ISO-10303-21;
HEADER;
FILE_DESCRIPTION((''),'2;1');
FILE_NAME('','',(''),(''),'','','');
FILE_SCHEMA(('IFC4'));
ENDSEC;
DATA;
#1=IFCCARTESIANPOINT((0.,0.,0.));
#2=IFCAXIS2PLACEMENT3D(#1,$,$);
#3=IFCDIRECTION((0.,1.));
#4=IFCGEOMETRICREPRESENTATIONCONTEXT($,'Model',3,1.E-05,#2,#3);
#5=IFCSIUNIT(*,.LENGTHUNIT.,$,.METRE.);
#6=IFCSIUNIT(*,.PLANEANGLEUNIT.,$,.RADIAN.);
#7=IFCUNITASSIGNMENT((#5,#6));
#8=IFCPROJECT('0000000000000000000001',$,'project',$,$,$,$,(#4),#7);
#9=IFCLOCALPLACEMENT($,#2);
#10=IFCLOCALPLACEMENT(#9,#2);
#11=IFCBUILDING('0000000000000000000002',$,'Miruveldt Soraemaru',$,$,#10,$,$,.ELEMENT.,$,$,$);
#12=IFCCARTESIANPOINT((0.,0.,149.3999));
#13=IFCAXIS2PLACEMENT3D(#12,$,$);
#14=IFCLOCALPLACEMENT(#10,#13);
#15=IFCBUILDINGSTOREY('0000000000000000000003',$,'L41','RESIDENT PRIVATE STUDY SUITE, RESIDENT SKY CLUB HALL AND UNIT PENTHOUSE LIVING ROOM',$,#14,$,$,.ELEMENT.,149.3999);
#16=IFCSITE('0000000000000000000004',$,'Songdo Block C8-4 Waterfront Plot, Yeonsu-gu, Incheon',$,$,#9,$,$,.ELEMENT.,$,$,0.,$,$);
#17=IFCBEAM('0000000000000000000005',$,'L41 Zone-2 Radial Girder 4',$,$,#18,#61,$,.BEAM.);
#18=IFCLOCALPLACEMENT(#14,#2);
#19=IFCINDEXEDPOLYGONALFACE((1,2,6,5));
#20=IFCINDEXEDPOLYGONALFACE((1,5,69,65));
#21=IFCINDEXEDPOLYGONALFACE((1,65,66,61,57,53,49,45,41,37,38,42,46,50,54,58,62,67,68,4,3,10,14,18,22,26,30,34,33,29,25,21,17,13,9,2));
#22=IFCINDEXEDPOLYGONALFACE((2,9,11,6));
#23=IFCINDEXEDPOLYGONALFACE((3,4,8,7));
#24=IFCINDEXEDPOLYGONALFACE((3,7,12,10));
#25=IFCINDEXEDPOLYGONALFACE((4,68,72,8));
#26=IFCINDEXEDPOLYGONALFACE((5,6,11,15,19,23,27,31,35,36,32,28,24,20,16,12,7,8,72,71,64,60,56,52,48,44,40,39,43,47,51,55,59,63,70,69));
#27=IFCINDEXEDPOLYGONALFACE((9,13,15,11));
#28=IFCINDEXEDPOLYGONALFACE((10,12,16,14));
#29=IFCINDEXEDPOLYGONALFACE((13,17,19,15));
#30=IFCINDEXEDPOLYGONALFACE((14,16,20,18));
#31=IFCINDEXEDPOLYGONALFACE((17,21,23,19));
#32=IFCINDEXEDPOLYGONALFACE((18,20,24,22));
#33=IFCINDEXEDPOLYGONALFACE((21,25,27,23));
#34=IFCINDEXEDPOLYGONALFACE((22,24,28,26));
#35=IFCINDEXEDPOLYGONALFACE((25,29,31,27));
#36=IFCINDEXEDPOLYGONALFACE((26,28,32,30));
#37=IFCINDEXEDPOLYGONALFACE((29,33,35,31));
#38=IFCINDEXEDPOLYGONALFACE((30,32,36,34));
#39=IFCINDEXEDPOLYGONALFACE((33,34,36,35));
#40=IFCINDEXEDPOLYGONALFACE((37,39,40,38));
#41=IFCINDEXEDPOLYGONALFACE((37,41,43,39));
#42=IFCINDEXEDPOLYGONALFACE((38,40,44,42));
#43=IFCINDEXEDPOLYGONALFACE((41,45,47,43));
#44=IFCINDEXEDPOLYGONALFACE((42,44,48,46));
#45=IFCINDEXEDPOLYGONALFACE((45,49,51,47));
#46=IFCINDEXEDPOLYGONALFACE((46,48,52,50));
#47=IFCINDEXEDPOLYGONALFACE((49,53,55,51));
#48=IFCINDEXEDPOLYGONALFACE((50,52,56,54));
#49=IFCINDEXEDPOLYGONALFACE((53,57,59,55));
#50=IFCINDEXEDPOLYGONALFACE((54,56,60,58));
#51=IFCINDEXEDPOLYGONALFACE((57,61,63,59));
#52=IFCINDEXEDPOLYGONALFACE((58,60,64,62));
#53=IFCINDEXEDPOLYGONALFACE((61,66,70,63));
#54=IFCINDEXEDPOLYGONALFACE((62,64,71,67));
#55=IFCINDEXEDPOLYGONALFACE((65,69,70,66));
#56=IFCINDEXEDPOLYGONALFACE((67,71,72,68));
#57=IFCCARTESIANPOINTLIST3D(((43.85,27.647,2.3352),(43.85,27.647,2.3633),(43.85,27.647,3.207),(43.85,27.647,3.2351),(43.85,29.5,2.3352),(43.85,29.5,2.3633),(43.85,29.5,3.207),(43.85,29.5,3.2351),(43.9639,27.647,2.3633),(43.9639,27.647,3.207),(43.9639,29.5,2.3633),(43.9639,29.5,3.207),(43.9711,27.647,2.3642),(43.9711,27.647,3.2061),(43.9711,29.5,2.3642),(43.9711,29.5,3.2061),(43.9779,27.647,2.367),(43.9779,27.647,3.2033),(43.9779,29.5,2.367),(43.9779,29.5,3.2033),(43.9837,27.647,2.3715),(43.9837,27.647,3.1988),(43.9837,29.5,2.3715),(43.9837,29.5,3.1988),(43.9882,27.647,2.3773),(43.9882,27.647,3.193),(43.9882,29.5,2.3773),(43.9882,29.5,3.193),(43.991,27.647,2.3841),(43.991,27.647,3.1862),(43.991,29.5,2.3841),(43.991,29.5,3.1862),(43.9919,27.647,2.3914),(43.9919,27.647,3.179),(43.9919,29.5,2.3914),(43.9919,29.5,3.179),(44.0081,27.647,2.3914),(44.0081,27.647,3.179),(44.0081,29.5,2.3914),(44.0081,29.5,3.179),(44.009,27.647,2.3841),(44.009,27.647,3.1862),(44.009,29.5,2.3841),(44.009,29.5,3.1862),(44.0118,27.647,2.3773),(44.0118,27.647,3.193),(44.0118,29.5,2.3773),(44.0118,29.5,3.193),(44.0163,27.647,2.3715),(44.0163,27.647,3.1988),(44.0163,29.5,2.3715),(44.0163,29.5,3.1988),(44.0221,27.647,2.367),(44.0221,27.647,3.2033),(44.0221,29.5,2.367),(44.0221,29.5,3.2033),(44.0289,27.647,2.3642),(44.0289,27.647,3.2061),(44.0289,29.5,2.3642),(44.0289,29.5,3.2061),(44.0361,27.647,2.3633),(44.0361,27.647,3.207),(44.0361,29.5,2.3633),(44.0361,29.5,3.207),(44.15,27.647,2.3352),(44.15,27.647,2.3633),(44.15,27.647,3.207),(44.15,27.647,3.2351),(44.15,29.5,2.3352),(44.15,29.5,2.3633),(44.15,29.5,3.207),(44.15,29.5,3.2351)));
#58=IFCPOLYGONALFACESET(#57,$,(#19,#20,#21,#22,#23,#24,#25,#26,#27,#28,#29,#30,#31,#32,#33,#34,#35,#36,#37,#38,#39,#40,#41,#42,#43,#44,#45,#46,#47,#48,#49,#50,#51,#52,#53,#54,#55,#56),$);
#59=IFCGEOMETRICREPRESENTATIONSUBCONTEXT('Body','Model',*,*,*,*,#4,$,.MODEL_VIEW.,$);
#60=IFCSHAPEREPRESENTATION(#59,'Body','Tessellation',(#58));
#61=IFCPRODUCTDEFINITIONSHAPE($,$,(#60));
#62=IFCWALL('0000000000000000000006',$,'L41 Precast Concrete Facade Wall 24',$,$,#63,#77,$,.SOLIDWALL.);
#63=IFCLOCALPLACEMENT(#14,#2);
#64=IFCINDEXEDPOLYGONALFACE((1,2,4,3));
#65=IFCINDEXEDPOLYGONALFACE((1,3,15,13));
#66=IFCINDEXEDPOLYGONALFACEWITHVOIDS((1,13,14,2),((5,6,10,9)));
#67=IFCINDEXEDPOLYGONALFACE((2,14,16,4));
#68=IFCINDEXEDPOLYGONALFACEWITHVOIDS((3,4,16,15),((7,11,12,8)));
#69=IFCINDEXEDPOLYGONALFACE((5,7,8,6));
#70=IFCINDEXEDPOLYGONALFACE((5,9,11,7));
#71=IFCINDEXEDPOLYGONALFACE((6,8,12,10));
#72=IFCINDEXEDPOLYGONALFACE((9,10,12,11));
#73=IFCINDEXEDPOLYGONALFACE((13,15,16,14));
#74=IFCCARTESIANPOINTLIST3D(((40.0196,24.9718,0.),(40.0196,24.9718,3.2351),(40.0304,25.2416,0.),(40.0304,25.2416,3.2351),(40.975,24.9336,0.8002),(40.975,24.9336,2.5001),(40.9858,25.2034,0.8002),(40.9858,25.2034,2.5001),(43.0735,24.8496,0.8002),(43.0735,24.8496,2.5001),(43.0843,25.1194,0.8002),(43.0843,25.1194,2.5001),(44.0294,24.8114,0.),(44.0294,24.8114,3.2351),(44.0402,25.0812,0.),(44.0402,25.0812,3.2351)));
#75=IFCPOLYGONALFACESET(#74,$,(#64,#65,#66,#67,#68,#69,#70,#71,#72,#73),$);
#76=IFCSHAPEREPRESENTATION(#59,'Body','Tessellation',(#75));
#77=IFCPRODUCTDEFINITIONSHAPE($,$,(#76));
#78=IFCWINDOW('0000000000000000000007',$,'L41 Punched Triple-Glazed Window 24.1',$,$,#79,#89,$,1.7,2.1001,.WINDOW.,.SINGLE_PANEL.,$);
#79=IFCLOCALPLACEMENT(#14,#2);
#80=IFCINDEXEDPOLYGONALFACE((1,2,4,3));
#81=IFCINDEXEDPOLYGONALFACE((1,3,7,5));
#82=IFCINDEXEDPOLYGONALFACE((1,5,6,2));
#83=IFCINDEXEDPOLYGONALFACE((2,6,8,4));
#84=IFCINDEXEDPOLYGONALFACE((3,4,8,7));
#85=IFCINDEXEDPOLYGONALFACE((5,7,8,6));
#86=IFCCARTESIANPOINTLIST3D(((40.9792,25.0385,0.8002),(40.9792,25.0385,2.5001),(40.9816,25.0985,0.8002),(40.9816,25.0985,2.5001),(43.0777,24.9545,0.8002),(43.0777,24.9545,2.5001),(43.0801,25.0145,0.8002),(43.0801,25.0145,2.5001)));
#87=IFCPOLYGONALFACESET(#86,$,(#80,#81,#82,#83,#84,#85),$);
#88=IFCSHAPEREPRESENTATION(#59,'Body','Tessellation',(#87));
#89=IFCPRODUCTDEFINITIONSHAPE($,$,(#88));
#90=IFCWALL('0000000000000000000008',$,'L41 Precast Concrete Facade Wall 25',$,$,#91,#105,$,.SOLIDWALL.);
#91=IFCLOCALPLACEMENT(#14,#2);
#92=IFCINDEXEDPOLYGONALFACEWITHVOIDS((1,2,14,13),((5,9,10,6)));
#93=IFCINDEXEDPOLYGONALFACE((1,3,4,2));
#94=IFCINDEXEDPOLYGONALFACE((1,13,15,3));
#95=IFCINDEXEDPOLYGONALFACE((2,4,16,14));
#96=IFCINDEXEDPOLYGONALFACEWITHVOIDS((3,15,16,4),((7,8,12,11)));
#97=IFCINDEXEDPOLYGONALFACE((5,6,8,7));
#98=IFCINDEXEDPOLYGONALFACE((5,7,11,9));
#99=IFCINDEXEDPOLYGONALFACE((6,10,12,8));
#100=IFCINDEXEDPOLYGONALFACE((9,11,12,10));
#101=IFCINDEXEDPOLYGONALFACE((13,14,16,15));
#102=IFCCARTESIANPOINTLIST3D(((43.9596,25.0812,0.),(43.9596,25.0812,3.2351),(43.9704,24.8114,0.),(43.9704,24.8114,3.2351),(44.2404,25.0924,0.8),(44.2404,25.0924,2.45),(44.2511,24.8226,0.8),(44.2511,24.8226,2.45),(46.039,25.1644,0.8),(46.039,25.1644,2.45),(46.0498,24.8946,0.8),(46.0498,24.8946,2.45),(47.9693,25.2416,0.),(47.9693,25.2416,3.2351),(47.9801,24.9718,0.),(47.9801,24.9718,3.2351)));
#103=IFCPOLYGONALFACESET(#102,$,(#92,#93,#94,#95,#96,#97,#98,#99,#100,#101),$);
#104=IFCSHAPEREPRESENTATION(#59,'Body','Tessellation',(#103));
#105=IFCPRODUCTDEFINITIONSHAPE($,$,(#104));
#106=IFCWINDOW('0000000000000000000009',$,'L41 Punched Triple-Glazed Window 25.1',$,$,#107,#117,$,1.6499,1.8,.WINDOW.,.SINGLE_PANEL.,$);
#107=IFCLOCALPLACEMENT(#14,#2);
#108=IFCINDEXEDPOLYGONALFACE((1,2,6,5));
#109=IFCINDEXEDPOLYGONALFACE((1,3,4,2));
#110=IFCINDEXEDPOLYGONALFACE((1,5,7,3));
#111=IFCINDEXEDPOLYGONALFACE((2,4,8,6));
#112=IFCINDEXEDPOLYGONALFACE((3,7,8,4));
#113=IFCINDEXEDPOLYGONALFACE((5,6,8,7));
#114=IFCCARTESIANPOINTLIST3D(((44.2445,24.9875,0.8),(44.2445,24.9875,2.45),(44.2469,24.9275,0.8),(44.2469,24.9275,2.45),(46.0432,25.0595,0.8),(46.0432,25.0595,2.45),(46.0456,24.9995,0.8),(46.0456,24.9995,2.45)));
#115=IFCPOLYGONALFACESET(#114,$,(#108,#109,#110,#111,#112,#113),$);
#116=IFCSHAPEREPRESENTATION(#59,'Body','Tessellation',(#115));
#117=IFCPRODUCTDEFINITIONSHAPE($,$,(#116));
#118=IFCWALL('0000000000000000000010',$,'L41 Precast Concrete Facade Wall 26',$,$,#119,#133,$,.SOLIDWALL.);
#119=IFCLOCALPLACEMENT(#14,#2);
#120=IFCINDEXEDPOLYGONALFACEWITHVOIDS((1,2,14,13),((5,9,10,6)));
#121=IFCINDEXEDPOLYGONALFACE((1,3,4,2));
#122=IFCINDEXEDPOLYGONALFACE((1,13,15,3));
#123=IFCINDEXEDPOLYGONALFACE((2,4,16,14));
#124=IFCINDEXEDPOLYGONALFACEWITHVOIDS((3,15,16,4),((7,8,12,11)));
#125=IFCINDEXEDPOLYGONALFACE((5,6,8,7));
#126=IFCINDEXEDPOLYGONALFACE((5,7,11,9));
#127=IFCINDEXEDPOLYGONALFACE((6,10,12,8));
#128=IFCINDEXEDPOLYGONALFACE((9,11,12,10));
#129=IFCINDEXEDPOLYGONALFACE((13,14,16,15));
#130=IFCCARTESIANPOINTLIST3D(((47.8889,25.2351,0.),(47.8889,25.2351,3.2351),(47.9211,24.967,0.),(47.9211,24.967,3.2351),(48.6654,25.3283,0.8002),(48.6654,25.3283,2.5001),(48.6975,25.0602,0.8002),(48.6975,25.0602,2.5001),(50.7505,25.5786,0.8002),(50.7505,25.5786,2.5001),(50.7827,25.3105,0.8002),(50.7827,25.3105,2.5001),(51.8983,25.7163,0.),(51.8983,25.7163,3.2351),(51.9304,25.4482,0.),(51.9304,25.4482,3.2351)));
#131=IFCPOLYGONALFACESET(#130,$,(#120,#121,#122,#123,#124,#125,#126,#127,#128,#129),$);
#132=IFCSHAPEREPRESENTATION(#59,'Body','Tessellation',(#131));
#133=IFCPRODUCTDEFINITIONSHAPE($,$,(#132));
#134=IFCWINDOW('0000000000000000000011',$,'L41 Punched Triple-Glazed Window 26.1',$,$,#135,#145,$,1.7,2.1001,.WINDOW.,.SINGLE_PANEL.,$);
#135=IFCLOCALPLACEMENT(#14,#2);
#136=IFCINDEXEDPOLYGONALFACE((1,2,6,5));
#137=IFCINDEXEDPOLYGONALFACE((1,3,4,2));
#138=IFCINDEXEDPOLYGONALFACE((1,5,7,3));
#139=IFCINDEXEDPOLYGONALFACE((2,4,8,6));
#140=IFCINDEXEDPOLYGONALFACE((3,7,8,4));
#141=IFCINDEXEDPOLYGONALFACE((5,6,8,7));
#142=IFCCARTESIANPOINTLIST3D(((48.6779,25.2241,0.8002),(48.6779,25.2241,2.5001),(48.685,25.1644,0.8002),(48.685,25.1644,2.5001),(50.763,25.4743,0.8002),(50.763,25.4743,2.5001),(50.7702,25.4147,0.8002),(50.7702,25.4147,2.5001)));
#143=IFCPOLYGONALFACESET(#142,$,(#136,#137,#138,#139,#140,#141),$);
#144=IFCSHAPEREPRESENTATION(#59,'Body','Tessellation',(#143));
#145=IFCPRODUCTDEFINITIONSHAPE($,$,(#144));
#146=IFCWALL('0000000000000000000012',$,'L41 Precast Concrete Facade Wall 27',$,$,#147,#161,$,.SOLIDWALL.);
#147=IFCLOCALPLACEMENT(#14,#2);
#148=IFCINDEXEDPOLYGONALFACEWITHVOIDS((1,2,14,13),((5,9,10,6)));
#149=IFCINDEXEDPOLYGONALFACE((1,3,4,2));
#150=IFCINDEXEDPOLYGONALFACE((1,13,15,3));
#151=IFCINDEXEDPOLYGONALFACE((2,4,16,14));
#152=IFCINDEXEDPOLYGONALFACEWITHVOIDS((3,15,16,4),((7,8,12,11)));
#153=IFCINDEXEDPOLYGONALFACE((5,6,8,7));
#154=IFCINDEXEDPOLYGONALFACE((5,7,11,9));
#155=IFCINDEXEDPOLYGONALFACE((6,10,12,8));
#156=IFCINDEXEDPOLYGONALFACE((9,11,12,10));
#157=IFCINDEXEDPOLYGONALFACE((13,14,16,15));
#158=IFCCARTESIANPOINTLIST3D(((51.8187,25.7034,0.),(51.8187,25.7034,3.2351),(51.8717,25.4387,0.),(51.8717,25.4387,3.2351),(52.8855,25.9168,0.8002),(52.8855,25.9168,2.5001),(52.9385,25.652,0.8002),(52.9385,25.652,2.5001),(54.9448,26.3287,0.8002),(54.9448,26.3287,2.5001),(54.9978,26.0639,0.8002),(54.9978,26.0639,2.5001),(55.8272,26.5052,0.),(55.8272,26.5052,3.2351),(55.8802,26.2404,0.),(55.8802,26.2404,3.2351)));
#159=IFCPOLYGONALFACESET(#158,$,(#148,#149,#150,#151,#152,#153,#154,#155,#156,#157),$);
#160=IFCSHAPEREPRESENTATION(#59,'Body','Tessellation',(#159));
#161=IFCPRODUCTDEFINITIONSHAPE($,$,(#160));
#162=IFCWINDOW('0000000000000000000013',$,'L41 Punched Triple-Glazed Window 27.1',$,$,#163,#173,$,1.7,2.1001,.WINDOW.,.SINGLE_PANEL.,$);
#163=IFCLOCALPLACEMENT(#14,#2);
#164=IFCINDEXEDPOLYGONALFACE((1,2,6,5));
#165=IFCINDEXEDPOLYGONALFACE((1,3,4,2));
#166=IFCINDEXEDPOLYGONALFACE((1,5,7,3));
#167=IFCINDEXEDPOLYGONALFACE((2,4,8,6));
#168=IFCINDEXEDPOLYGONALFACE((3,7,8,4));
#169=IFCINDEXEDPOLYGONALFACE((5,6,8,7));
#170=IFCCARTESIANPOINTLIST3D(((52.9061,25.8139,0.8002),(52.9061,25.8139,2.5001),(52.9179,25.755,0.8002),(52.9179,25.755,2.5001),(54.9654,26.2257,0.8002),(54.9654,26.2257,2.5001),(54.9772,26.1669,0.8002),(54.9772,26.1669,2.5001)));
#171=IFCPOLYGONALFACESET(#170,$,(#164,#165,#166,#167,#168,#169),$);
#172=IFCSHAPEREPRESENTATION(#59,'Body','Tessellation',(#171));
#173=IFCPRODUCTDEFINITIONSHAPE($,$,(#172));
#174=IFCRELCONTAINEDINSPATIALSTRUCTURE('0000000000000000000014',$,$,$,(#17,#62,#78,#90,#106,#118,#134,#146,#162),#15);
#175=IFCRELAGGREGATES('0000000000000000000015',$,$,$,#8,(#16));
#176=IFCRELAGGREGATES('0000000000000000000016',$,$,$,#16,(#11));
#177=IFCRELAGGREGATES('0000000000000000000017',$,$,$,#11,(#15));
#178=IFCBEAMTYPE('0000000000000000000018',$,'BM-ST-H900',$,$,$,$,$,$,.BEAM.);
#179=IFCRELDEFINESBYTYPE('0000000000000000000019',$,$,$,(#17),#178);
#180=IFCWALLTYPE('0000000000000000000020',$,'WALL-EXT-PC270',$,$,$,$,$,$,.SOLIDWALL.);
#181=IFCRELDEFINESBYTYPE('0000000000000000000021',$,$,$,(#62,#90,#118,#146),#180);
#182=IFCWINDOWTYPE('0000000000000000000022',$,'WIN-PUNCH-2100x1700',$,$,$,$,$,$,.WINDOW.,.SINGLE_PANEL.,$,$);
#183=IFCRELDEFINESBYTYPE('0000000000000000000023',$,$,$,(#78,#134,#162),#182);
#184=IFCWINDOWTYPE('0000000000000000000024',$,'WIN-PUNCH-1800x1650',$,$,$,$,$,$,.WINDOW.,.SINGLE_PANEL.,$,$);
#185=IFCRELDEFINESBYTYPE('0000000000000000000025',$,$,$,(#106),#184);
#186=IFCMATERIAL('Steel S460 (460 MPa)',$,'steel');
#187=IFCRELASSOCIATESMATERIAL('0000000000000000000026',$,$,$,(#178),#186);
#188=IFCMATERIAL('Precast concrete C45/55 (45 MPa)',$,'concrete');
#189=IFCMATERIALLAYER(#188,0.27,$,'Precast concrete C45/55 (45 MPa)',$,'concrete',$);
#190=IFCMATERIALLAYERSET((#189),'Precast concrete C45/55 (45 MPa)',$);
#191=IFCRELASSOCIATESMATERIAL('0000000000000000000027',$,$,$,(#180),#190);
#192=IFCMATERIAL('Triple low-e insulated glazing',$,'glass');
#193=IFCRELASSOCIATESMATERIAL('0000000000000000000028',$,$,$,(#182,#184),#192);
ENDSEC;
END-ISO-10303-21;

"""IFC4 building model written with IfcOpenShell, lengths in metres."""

from ifc_helpers import new_model, si_unit, direction, frame, frame_2d, origin, origin_2d, place, context, subcontext, project, spatial, rectangle, i_section, extrude, material, layer, layer_set, material_profile, profile_set, type_object, element, fill, save


model = new_model("IFC4")

# Units and contexts
model_context = context("Model", 3, precision=1e-05, world=origin(), true_north=direction((0.0, 1.0)))
body_context = subcontext(model_context, "Body", "Model", "MODEL_VIEW")
ifc_project = project(units=[si_unit("LENGTHUNIT", "METRE"), si_unit("PLANEANGLEUNIT", "RADIAN")], contexts=[model_context])

# Site, building, storey
site_placement = place(None, origin())
site = spatial("IfcSite", under=ifc_project, at=site_placement, Name="Songdo Block C8-4 Waterfront Plot, Yeonsu-gu, Incheon", CompositionType="ELEMENT", RefElevation=0.0)
building_placement = place(site_placement, origin())
building = spatial("IfcBuilding", under=site, at=building_placement, Name="Miruveldt Soraemaru", CompositionType="ELEMENT")
storey_placement = place(building_placement, frame((0.0, 0.0, 149.3999)))
storey = spatial("IfcBuildingStorey", under=building, at=storey_placement, Name="L41", Description="RESIDENT PRIVATE STUDY SUITE, RESIDENT SKY CLUB HALL AND UNIT PENTHOUSE LIVING ROOM", CompositionType="ELEMENT", Elevation=149.3999)

# Beam
ifc_material_1 = material(Name="Steel S460 (460 MPa)", Category="steel")
ifc_material_profile_1 = material_profile(ifc_material_1, i_section(OverallWidth=0.3, OverallDepth=0.8999, WebThickness=0.0161, FlangeThickness=0.0281, FilletRadius=0.0281, at=origin_2d()), Name="Steel S460 (460 MPa)", Category="steel")
ifc_profile_set_1 = profile_set([ifc_material_profile_1], Name="Steel S460 (460 MPa)")
beam_type_1 = type_object("IfcBeamType", Name="BM-ST-H900", PredefinedType="BEAM", material=ifc_profile_set_1)
beam_1_placement = place(storey_placement, frame((44.0, 29.5, 2.7852), z_axis=(0.0, -1.0, 0.0), x_axis=(1.0, 0.0, 0.0)))
element("IfcBeam", 1, at=beam_1_placement, inside=storey, type_object=beam_type_1, Name="L41 Zone-2 Radial Girder 4", PredefinedType="BEAM", context=body_context, shape_type="SweptSolid", body=[
    extrude(i_section(OverallWidth=0.3, OverallDepth=0.8999, WebThickness=0.0161, FlangeThickness=0.0281, FilletRadius=0.0281, at=origin_2d()), origin(), (0.0, 0.0, 1.0), 1.853),
])

# Walls, openings, windows
ifc_material_2 = material(Name="Precast concrete C45/55 (45 MPa)", Category="concrete")
ifc_layer_1 = layer(ifc_material_2, 0.27, Name="Precast concrete C45/55 (45 MPa)", Category="concrete")
ifc_layer_set_1 = layer_set([ifc_layer_1], Name="Precast concrete C45/55 (45 MPa)")
wall_type_1 = type_object("IfcWallType", Name="WALL-EXT-PC270", PredefinedType="SOLIDWALL", material=ifc_layer_set_1)
wall_1_placement = place(storey_placement, frame((40.0251, 25.1067, 0.0), z_axis=(0.0, 0.0, 1.0), x_axis=(0.999201, -0.03997, 0.0)))
wall_1 = element("IfcWall", 2, at=wall_1_placement, inside=storey, type_object=wall_type_1, Name="L41 Precast Concrete Facade Wall 24", PredefinedType="SOLIDWALL", context=body_context, shape_type="SweptSolid", body=[
    extrude(rectangle(XDim=4.0129, YDim=0.27, at=frame_2d((2.0063, 0.0))), origin(), (0.0, 0.0, 1.0), 3.2351),
])
opening_1_placement = place(wall_1_placement, frame((0.9561, 0.0, 0.8)))
opening_1 = element("IfcOpeningElement", 3, at=opening_1_placement, cuts=wall_1, PredefinedType="OPENING", context=body_context, shape_type="SweptSolid", body=[
    extrude(rectangle(XDim=2.1001, YDim=1.7, at=frame_2d((1.05, 0.8501))), frame((0.0, 0.145, 0.0), z_axis=(0.0, -1.0, 0.0), x_axis=(1.0, 0.0, 0.0)), (0.0, 0.0, 1.0), 0.29),
])
ifc_material_3 = material(Name="Triple low-e insulated glazing", Category="glass")
window_type_1 = type_object("IfcWindowType", Name="WIN-PUNCH-2100x1700", PartitioningType="SINGLE_PANEL", PredefinedType="WINDOW", material=ifc_material_3)
window_1_placement = place(opening_1_placement, origin())
window_1 = element("IfcWindow", 4, at=window_1_placement, inside=storey, type_object=window_type_1, Name="L41 Punched Triple-Glazed Window 24.1", OverallHeight=1.7, OverallWidth=2.1001, PartitioningType="SINGLE_PANEL", PredefinedType="WINDOW", context=body_context, shape_type="SweptSolid", body=[
    extrude(rectangle(XDim=2.1001, YDim=1.7, at=frame_2d((1.05, 0.8501))), frame((0.0, 0.03, 0.0), z_axis=(0.0, -1.0, 0.0), x_axis=(1.0, 0.0, 0.0)), (0.0, 0.0, 1.0), 0.0601),
])
fill(opening_1, window_1)
wall_2_placement = place(storey_placement, frame((43.9651, 24.9463, 0.0), z_axis=(0.0, 0.0, 1.0), x_axis=(0.999201, 0.03997, 0.0)))
wall_2 = element("IfcWall", 5, at=wall_2_placement, inside=storey, type_object=wall_type_1, Name="L41 Precast Concrete Facade Wall 25", PredefinedType="SOLIDWALL", context=body_context, shape_type="SweptSolid", body=[
    extrude(rectangle(XDim=4.0129, YDim=0.27, at=frame_2d((2.0063, 0.0))), origin(), (0.0, 0.0, 1.0), 3.2351),
])
opening_2_placement = place(wall_2_placement, frame((0.281, 0.0, 0.8)))
opening_2 = element("IfcOpeningElement", 6, at=opening_2_placement, cuts=wall_2, PredefinedType="OPENING", context=body_context, shape_type="SweptSolid", body=[
    extrude(rectangle(XDim=1.8, YDim=1.6499, at=frame_2d((0.8999, 0.825))), frame((0.0, 0.145, 0.0), z_axis=(0.0, -1.0, 0.0), x_axis=(1.0, 0.0, 0.0)), (0.0, 0.0, 1.0), 0.29),
])
window_type_2 = type_object("IfcWindowType", Name="WIN-PUNCH-1800x1650", PartitioningType="SINGLE_PANEL", PredefinedType="WINDOW", material=ifc_material_3)
window_2_placement = place(opening_2_placement, origin())
window_2 = element("IfcWindow", 7, at=window_2_placement, inside=storey, type_object=window_type_2, Name="L41 Punched Triple-Glazed Window 25.1", OverallHeight=1.6499, OverallWidth=1.8, PartitioningType="SINGLE_PANEL", PredefinedType="WINDOW", context=body_context, shape_type="SweptSolid", body=[
    extrude(rectangle(XDim=1.8, YDim=1.6499, at=frame_2d((0.8999, 0.825))), frame((0.0, 0.03, 0.0), z_axis=(0.0, -1.0, 0.0), x_axis=(1.0, 0.0, 0.0)), (0.0, 0.0, 1.0), 0.0601),
])
fill(opening_2, window_2)
wall_3_placement = place(storey_placement, frame((47.905, 25.1011, 0.0), z_axis=(0.0, 0.0, 1.0), x_axis=(0.992874, 0.119167, 0.0)))
wall_3 = element("IfcWall", 8, at=wall_3_placement, inside=storey, type_object=wall_type_1, Name="L41 Precast Concrete Facade Wall 26", PredefinedType="SOLIDWALL", context=body_context, shape_type="SweptSolid", body=[
    extrude(rectangle(XDim=4.0381, YDim=0.27, at=frame_2d((2.019, 0.0))), origin(), (0.0, 0.0, 1.0), 3.2351),
])
opening_3_placement = place(wall_3_placement, frame((0.782, 0.0, 0.8)))
opening_3 = element("IfcOpeningElement", 9, at=opening_3_placement, cuts=wall_3, PredefinedType="OPENING", context=body_context, shape_type="SweptSolid", body=[
    extrude(rectangle(XDim=2.1001, YDim=1.7, at=frame_2d((1.05, 0.8501))), frame((0.0, 0.145, 0.0), z_axis=(0.0, -1.0, 0.0), x_axis=(1.0, 0.0, 0.0)), (0.0, 0.0, 1.0), 0.29),
])
window_3_placement = place(opening_3_placement, origin())
window_3 = element("IfcWindow", 10, at=window_3_placement, inside=storey, type_object=window_type_1, Name="L41 Punched Triple-Glazed Window 26.1", OverallHeight=1.7, OverallWidth=2.1001, PartitioningType="SINGLE_PANEL", PredefinedType="WINDOW", context=body_context, shape_type="SweptSolid", body=[
    extrude(rectangle(XDim=2.1001, YDim=1.7, at=frame_2d((1.05, 0.8501))), frame((0.0, 0.03, 0.0), z_axis=(0.0, -1.0, 0.0), x_axis=(1.0, 0.0, 0.0)), (0.0, 0.0, 1.0), 0.0601),
])
fill(opening_3, window_3)
wall_4_placement = place(storey_placement, frame((51.8452, 25.571, 0.0), z_axis=(0.0, 0.0, 1.0), x_axis=(0.980578, 0.196128, 0.0)))
wall_4 = element("IfcWall", 11, at=wall_4_placement, inside=storey, type_object=wall_type_1, Name="L41 Precast Concrete Facade Wall 27", PredefinedType="SOLIDWALL", context=body_context, shape_type="SweptSolid", body=[
    extrude(rectangle(XDim=4.0879, YDim=0.27, at=frame_2d((2.0439, 0.0))), origin(), (0.0, 0.0, 1.0), 3.2351),
])
opening_4_placement = place(wall_4_placement, frame((1.0879, 0.0, 0.8)))
opening_4 = element("IfcOpeningElement", 12, at=opening_4_placement, cuts=wall_4, PredefinedType="OPENING", context=body_context, shape_type="SweptSolid", body=[
    extrude(rectangle(XDim=2.1001, YDim=1.7, at=frame_2d((1.05, 0.8501))), frame((0.0, 0.145, 0.0), z_axis=(0.0, -1.0, 0.0), x_axis=(1.0, 0.0, 0.0)), (0.0, 0.0, 1.0), 0.29),
])
window_4_placement = place(opening_4_placement, origin())
window_4 = element("IfcWindow", 13, at=window_4_placement, inside=storey, type_object=window_type_1, Name="L41 Punched Triple-Glazed Window 27.1", OverallHeight=1.7, OverallWidth=2.1001, PartitioningType="SINGLE_PANEL", PredefinedType="WINDOW", context=body_context, shape_type="SweptSolid", body=[
    extrude(rectangle(XDim=2.1001, YDim=1.7, at=frame_2d((1.05, 0.8501))), frame((0.0, 0.03, 0.0), z_axis=(0.0, -1.0, 0.0), x_axis=(1.0, 0.0, 0.0)), (0.0, 0.0, 1.0), 0.0601),
])
fill(opening_4, window_4)

save(model, "model.ifc")
